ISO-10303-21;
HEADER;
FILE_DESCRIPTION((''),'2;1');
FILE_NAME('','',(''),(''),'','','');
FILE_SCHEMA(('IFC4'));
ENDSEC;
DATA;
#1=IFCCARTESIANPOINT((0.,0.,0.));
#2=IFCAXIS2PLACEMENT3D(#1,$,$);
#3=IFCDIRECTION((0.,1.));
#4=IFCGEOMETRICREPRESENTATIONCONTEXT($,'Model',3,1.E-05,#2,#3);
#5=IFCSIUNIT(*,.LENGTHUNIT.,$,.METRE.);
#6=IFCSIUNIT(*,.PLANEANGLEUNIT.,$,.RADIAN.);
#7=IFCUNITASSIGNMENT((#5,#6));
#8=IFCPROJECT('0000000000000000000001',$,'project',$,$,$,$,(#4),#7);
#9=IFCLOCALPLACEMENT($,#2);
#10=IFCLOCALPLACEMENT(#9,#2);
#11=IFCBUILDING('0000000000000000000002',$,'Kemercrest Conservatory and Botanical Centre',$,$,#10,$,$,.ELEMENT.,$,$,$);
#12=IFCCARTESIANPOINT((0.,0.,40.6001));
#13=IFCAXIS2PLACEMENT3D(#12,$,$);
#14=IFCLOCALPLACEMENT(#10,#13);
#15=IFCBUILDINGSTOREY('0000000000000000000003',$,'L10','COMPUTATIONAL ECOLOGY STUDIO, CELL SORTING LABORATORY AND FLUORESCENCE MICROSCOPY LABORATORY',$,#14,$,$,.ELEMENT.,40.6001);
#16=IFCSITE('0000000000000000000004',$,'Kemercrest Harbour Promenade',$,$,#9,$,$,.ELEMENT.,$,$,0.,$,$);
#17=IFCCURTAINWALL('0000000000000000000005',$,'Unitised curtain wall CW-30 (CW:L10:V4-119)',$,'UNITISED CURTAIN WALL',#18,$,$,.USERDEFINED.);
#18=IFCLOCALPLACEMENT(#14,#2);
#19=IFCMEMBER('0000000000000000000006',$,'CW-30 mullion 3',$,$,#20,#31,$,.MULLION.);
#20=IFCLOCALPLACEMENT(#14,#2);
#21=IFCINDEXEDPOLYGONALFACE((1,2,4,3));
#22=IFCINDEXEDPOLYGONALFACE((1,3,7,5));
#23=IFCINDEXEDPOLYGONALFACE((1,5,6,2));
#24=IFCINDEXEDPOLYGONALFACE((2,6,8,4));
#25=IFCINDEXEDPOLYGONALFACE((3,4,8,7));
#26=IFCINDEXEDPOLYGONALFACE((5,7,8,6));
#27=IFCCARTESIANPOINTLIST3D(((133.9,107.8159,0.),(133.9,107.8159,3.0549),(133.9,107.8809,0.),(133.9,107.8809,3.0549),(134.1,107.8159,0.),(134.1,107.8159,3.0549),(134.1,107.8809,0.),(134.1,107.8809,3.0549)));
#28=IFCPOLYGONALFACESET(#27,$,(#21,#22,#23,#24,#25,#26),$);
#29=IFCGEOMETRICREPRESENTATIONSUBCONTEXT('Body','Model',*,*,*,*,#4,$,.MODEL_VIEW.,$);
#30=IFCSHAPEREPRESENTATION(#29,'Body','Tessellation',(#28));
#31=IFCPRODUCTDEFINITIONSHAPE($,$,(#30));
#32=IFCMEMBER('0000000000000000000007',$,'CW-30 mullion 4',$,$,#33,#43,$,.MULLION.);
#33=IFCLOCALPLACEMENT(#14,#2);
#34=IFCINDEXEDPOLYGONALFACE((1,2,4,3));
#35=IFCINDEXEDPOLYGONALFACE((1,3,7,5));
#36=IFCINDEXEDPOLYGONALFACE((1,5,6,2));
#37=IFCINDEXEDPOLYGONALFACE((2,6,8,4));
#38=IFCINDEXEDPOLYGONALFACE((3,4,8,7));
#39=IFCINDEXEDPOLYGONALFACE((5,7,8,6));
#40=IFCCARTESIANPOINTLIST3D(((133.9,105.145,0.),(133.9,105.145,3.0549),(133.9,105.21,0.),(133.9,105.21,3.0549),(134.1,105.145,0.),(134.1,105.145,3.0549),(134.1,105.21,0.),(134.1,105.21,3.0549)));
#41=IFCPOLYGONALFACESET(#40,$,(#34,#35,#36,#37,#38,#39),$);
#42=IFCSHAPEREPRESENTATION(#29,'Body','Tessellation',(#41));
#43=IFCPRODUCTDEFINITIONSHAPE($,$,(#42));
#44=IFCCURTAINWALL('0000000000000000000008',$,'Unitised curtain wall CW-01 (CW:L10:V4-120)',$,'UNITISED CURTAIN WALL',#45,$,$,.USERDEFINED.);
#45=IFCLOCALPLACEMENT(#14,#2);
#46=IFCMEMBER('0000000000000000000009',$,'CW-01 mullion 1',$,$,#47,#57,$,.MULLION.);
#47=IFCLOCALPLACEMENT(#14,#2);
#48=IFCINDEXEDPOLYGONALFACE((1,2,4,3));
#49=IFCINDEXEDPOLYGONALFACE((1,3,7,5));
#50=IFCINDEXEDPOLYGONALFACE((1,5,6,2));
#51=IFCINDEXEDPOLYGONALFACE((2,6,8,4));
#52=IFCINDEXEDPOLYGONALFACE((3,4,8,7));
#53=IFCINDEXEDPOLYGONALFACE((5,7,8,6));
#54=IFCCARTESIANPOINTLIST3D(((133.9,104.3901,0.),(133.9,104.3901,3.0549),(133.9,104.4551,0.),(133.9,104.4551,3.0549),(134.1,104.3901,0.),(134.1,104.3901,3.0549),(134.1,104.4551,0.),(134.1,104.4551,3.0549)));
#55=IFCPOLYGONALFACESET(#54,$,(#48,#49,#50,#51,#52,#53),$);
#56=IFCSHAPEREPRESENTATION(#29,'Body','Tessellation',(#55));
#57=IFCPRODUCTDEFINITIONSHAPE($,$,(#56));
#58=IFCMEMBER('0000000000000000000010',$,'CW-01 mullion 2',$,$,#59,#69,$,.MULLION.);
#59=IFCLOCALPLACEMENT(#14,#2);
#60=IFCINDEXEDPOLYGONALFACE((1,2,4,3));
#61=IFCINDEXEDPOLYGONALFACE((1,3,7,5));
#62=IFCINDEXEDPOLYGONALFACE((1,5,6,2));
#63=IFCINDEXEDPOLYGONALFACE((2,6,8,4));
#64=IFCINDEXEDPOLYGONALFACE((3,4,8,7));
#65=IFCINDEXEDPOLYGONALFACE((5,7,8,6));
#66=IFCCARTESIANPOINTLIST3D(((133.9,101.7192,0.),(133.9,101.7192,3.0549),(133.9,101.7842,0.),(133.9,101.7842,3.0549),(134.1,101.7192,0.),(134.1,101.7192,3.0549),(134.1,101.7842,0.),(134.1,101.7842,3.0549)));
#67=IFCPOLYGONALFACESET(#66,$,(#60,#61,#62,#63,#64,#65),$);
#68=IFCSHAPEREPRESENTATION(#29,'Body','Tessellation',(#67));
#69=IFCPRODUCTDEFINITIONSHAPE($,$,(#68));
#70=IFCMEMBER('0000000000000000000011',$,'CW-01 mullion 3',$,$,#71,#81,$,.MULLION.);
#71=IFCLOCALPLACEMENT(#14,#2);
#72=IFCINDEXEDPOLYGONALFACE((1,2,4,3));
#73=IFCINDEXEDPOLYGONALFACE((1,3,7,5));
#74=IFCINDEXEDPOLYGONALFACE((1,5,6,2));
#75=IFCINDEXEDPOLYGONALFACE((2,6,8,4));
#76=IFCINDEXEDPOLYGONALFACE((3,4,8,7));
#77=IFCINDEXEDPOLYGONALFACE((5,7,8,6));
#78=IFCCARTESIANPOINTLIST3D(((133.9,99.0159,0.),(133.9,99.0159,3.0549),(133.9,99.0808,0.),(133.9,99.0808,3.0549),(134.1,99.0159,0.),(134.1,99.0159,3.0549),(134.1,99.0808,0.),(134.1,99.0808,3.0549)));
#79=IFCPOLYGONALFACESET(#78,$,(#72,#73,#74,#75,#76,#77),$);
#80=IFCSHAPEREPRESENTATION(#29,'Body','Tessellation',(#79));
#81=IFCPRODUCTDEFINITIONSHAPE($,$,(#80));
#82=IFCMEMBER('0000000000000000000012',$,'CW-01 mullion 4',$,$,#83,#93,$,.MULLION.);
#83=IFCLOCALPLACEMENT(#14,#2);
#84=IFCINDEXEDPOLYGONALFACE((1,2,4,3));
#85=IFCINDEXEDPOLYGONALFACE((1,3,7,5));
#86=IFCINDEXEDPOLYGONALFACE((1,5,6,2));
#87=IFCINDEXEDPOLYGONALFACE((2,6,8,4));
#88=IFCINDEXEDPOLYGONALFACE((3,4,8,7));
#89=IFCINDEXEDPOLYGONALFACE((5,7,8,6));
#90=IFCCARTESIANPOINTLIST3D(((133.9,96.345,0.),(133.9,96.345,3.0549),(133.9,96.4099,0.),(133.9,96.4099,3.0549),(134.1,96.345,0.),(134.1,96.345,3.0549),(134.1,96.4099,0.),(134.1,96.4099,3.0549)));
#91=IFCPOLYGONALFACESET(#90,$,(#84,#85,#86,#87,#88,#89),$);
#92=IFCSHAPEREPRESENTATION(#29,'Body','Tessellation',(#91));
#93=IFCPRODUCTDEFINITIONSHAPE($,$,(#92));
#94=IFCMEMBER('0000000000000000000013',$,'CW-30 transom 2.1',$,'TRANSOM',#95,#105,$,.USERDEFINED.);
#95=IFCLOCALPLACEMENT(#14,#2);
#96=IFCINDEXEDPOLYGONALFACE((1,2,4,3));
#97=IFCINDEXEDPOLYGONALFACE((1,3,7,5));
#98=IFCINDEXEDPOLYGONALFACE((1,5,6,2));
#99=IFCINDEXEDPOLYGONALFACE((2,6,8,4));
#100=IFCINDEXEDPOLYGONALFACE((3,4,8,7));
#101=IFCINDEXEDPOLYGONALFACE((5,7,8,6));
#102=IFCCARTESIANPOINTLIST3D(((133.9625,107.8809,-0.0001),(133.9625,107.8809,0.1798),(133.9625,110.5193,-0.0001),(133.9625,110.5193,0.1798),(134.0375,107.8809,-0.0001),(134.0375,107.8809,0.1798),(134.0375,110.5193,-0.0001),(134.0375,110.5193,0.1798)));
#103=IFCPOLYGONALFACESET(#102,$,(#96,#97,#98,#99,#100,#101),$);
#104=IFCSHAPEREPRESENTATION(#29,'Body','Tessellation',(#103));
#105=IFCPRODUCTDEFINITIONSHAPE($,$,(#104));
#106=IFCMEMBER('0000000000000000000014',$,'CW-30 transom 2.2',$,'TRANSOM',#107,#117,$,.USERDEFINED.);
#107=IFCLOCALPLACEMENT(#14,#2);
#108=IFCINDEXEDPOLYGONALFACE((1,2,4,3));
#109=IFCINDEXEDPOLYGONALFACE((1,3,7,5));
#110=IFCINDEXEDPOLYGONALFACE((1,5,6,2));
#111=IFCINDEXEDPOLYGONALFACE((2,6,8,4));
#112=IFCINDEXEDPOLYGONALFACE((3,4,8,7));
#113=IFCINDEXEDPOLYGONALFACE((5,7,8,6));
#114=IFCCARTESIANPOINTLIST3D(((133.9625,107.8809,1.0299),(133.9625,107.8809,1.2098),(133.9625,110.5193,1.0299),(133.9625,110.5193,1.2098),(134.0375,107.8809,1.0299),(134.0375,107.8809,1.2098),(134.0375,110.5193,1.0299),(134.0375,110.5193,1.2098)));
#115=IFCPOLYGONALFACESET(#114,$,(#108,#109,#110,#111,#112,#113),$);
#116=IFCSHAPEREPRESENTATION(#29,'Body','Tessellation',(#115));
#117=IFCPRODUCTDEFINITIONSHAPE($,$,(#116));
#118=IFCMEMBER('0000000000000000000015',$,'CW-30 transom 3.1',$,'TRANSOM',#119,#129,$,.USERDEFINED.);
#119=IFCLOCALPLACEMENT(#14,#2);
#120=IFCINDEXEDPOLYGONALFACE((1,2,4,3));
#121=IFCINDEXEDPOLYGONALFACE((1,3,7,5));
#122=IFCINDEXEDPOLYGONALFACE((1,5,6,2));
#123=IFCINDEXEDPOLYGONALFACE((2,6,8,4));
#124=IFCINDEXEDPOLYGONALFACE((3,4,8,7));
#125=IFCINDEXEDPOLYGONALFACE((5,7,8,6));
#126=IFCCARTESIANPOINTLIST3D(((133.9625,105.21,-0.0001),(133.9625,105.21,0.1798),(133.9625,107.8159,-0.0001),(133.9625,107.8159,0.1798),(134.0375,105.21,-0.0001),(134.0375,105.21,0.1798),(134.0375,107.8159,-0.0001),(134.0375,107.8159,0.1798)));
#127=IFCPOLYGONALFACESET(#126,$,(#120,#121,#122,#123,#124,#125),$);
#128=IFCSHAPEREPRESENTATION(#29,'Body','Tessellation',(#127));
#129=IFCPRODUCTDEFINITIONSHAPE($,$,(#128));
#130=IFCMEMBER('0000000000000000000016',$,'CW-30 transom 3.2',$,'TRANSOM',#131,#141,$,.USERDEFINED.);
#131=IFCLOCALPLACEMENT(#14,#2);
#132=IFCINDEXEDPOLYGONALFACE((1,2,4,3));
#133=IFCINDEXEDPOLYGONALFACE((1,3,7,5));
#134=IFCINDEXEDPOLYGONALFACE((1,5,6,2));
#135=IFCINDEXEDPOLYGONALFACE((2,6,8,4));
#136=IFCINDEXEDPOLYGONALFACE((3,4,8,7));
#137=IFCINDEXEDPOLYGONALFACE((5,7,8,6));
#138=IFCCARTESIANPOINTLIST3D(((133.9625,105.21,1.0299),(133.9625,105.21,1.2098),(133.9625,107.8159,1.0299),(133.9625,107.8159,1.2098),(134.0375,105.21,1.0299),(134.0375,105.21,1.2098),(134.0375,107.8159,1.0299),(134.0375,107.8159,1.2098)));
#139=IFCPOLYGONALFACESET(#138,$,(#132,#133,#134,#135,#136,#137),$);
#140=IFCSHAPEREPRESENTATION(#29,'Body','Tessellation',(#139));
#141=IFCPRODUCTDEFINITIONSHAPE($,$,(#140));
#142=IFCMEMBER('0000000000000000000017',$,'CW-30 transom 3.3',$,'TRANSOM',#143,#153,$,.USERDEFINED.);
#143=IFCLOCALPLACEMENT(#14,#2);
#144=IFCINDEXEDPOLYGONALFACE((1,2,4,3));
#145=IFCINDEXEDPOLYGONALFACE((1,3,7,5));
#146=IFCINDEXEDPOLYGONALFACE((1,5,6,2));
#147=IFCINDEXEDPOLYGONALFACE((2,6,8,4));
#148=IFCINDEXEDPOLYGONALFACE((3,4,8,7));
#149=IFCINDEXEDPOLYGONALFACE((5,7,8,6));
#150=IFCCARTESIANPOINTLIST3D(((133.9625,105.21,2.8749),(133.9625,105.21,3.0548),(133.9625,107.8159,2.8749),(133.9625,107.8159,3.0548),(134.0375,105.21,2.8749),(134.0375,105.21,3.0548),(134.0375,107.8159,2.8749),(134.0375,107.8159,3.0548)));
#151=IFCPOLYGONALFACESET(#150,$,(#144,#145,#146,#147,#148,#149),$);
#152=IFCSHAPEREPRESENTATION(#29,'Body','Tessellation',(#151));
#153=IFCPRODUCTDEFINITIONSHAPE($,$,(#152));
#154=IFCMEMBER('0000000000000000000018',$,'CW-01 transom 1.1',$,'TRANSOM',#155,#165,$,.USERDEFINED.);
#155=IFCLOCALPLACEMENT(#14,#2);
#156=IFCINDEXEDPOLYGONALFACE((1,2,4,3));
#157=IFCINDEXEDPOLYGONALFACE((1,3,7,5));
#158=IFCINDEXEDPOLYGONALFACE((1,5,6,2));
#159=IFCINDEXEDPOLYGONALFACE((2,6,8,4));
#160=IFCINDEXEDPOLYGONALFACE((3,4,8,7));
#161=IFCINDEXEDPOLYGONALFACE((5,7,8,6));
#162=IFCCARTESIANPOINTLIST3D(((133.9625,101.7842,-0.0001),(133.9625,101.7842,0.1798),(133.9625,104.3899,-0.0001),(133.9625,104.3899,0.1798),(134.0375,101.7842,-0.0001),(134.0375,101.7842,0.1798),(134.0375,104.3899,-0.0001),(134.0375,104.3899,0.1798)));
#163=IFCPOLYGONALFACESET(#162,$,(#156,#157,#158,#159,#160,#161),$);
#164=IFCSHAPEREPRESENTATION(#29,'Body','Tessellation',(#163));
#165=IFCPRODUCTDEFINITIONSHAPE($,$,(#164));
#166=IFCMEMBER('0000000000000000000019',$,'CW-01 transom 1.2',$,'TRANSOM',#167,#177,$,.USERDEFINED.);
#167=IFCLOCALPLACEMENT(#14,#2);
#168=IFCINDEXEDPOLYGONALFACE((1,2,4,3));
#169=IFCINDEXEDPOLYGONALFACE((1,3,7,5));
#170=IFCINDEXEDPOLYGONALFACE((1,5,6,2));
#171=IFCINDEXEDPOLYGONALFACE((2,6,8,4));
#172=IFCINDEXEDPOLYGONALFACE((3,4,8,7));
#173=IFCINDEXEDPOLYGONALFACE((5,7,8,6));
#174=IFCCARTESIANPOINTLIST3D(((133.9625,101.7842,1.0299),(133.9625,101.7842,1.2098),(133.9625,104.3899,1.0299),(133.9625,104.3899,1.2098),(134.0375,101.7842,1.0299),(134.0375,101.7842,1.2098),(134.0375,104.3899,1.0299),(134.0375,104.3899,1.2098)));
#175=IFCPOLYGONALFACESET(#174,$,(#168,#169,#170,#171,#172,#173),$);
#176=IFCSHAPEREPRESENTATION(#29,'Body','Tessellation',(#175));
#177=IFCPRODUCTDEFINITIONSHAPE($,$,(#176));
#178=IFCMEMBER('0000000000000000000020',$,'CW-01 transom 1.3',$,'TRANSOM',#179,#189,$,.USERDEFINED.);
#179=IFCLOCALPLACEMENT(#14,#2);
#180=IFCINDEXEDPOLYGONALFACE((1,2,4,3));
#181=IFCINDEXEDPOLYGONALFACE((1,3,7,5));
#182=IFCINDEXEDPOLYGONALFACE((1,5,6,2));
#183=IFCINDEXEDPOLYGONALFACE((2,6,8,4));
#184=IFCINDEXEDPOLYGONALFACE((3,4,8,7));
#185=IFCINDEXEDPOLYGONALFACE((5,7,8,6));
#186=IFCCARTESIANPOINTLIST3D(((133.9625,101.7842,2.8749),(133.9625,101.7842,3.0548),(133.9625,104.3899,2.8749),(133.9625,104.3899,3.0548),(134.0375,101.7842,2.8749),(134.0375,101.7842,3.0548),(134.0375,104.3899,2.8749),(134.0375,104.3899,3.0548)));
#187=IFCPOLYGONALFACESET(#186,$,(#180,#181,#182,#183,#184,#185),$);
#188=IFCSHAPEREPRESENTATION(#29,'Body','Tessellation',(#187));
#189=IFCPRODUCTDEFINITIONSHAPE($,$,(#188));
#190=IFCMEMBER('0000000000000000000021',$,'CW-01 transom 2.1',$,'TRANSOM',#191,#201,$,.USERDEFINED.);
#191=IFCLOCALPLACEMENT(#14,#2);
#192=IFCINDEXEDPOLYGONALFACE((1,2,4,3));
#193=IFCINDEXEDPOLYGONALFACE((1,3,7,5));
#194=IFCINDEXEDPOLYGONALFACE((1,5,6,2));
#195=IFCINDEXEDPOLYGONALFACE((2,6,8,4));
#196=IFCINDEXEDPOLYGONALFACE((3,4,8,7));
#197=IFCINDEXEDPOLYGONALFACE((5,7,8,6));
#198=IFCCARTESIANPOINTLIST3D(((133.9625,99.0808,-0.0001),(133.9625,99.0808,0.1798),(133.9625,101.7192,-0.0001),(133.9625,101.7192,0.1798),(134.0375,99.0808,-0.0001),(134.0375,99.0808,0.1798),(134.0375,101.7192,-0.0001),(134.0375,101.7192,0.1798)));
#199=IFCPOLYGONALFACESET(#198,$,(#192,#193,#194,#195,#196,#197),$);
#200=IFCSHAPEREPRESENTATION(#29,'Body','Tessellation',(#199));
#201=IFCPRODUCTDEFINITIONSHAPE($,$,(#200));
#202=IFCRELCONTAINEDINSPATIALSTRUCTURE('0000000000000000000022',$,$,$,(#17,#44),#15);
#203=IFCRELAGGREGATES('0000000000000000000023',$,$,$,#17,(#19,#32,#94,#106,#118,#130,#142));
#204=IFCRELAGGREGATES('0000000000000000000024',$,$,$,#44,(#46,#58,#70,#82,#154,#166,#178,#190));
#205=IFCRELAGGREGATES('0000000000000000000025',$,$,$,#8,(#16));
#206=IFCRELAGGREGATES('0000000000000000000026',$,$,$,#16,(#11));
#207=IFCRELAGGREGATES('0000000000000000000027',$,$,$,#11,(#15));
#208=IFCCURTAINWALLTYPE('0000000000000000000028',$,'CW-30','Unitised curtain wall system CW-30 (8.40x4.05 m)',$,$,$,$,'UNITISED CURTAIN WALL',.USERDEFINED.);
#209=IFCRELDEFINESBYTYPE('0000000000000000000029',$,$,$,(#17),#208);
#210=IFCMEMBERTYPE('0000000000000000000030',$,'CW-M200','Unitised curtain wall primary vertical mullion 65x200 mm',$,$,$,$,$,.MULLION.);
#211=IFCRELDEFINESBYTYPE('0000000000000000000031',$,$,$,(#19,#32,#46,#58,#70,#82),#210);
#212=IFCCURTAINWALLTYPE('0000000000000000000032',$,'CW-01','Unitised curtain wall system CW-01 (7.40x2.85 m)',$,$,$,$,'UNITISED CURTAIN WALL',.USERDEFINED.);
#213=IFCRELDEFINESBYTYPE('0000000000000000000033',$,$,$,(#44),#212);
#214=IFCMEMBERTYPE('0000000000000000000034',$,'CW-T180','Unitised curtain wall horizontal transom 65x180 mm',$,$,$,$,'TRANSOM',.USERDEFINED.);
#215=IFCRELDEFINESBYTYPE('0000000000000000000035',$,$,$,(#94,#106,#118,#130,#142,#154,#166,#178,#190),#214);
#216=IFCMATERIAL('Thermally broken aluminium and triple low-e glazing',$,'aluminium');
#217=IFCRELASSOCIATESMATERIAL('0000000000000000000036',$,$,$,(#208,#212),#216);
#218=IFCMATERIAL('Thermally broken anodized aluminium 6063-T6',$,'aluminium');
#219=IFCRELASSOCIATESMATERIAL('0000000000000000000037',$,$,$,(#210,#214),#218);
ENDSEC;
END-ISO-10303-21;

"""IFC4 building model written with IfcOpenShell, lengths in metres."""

from ifc_helpers import new_model, si_unit, direction, frame, origin, origin_2d, place, context, subcontext, project, spatial, rectangle, extrude, material, material_profile, profile_set, type_object, element, aggregate, save


model = new_model("IFC4")

# Units and contexts
model_context = context("Model", 3, precision=1e-05, world=origin(), true_north=direction((0.0, 1.0)))
body_context = subcontext(model_context, "Body", "Model", "MODEL_VIEW")
ifc_project = project(units=[si_unit("LENGTHUNIT", "METRE"), si_unit("PLANEANGLEUNIT", "RADIAN")], contexts=[model_context])

# Site, building, storey
site_placement = place(None, origin())
site = spatial("IfcSite", under=ifc_project, at=site_placement, Name="Kemercrest Harbour Promenade", CompositionType="ELEMENT", RefElevation=0.0)
building_placement = place(site_placement, origin())
building = spatial("IfcBuilding", under=site, at=building_placement, Name="Kemercrest Conservatory and Botanical Centre", CompositionType="ELEMENT")
storey_placement = place(building_placement, frame((0.0, 0.0, 40.6001)))
storey = spatial("IfcBuildingStorey", under=building, at=storey_placement, Name="L10", Description="COMPUTATIONAL ECOLOGY STUDIO, CELL SORTING LABORATORY AND FLUORESCENCE MICROSCOPY LABORATORY", CompositionType="ELEMENT", Elevation=40.6001)

# Curtain walls, members
ifc_material_1 = material(Name="Thermally broken aluminium and triple low-e glazing", Category="aluminium")
curtain_wall_type_1 = type_object("IfcCurtainWallType", Name="CW-30", Description="Unitised curtain wall system CW-30 (8.40x4.05 m)", ElementType="UNITISED CURTAIN WALL", PredefinedType="USERDEFINED", material=ifc_material_1)
curtain_wall_1_placement = place(storey_placement, origin())
curtain_wall_1 = element("IfcCurtainWall", 1, at=curtain_wall_1_placement, inside=storey, type_object=curtain_wall_type_1, Name="Unitised curtain wall CW-30 (CW:L10:V4-119)", ObjectType="UNITISED CURTAIN WALL", PredefinedType="USERDEFINED")
ifc_material_2 = material(Name="Thermally broken anodized aluminium 6063-T6", Category="aluminium")
ifc_material_profile_1 = material_profile(ifc_material_2, rectangle(XDim=0.2, YDim=0.0649, at=origin_2d()), Name="AL MULLION 65x200")
ifc_profile_set_1 = profile_set([ifc_material_profile_1], Name="Thermally broken anodized aluminium 6063-T6")
member_type_1 = type_object("IfcMemberType", Name="CW-M200", Description="Unitised curtain wall primary vertical mullion 65x200 mm", PredefinedType="MULLION", material=ifc_profile_set_1)
member_1_placement = place(storey_placement, frame((134.0, 107.8484, 0.0), z_axis=(0.0, 0.0, 1.0), x_axis=(1.0, 0.0, 0.0)))
member_1 = element("IfcMember", 2, at=member_1_placement, type_object=member_type_1, Name="CW-30 mullion 3", PredefinedType="MULLION", context=body_context, shape_type="SweptSolid", body=[
    extrude(rectangle(XDim=0.2, YDim=0.0649, at=origin_2d()), origin(), (0.0, 0.0, 1.0), 3.0549),
])
member_2_placement = place(storey_placement, frame((134.0, 105.1775, 0.0), z_axis=(0.0, 0.0, 1.0), x_axis=(1.0, 0.0, 0.0)))
member_2 = element("IfcMember", 3, at=member_2_placement, type_object=member_type_1, Name="CW-30 mullion 4", PredefinedType="MULLION", context=body_context, shape_type="SweptSolid", body=[
    extrude(rectangle(XDim=0.2, YDim=0.0649, at=origin_2d()), origin(), (0.0, 0.0, 1.0), 3.0549),
])
curtain_wall_type_2 = type_object("IfcCurtainWallType", Name="CW-01", Description="Unitised curtain wall system CW-01 (7.40x2.85 m)", ElementType="UNITISED CURTAIN WALL", PredefinedType="USERDEFINED", material=ifc_material_1)
curtain_wall_2_placement = place(storey_placement, origin())
curtain_wall_2 = element("IfcCurtainWall", 4, at=curtain_wall_2_placement, inside=storey, type_object=curtain_wall_type_2, Name="Unitised curtain wall CW-01 (CW:L10:V4-120)", ObjectType="UNITISED CURTAIN WALL", PredefinedType="USERDEFINED")
member_3_placement = place(storey_placement, frame((134.0, 104.4226, 0.0), z_axis=(0.0, 0.0, 1.0), x_axis=(1.0, 0.0, 0.0)))
member_3 = element("IfcMember", 5, at=member_3_placement, type_object=member_type_1, Name="CW-01 mullion 1", PredefinedType="MULLION", context=body_context, shape_type="SweptSolid", body=[
    extrude(rectangle(XDim=0.2, YDim=0.0649, at=origin_2d()), origin(), (0.0, 0.0, 1.0), 3.0549),
])
member_4_placement = place(storey_placement, frame((134.0, 101.7517, 0.0), z_axis=(0.0, 0.0, 1.0), x_axis=(1.0, 0.0, 0.0)))
member_4 = element("IfcMember", 6, at=member_4_placement, type_object=member_type_1, Name="CW-01 mullion 2", PredefinedType="MULLION", context=body_context, shape_type="SweptSolid", body=[
    extrude(rectangle(XDim=0.2, YDim=0.0649, at=origin_2d()), origin(), (0.0, 0.0, 1.0), 3.0549),
])
member_5_placement = place(storey_placement, frame((134.0, 99.0483, 0.0), z_axis=(0.0, 0.0, 1.0), x_axis=(1.0, 0.0, 0.0)))
member_5 = element("IfcMember", 7, at=member_5_placement, type_object=member_type_1, Name="CW-01 mullion 3", PredefinedType="MULLION", context=body_context, shape_type="SweptSolid", body=[
    extrude(rectangle(XDim=0.2, YDim=0.0649, at=origin_2d()), origin(), (0.0, 0.0, 1.0), 3.0549),
])
member_6_placement = place(storey_placement, frame((134.0, 96.3774, 0.0), z_axis=(0.0, 0.0, 1.0), x_axis=(1.0, 0.0, 0.0)))
member_6 = element("IfcMember", 8, at=member_6_placement, type_object=member_type_1, Name="CW-01 mullion 4", PredefinedType="MULLION", context=body_context, shape_type="SweptSolid", body=[
    extrude(rectangle(XDim=0.2, YDim=0.0649, at=origin_2d()), origin(), (0.0, 0.0, 1.0), 3.0549),
])

# Members
ifc_material_profile_2 = material_profile(ifc_material_2, rectangle(XDim=0.075, YDim=0.1799, at=origin_2d()), Name="AL TRANSOM 75x180")
ifc_profile_set_2 = profile_set([ifc_material_profile_2], Name="Thermally broken anodized aluminium 6063-T6")
member_type_2 = type_object("IfcMemberType", Name="CW-T180", Description="Unitised curtain wall horizontal transom 65x180 mm", ElementType="TRANSOM", PredefinedType="USERDEFINED", material=ifc_profile_set_2)
member_7_placement = place(storey_placement, frame((134.0, 110.5193, 0.0898), z_axis=(0.0, -1.0, 0.0), x_axis=(1.0, 0.0, 0.0)))
member_7 = element("IfcMember", 9, at=member_7_placement, type_object=member_type_2, Name="CW-30 transom 2.1", ObjectType="TRANSOM", PredefinedType="USERDEFINED", context=body_context, shape_type="SweptSolid", body=[
    extrude(rectangle(XDim=0.075, YDim=0.1799, at=origin_2d()), origin(), (0.0, 0.0, 1.0), 2.6384),
])
member_8_placement = place(storey_placement, frame((134.0, 110.5193, 1.1199), z_axis=(0.0, -1.0, 0.0), x_axis=(1.0, 0.0, 0.0)))
member_8 = element("IfcMember", 10, at=member_8_placement, type_object=member_type_2, Name="CW-30 transom 2.2", ObjectType="TRANSOM", PredefinedType="USERDEFINED", context=body_context, shape_type="SweptSolid", body=[
    extrude(rectangle(XDim=0.075, YDim=0.1799, at=origin_2d()), origin(), (0.0, 0.0, 1.0), 2.6384),
])
member_9_placement = place(storey_placement, frame((134.0, 107.8159, 0.0898), z_axis=(0.0, -1.0, 0.0), x_axis=(1.0, 0.0, 0.0)))
member_9 = element("IfcMember", 11, at=member_9_placement, type_object=member_type_2, Name="CW-30 transom 3.1", ObjectType="TRANSOM", PredefinedType="USERDEFINED", context=body_context, shape_type="SweptSolid", body=[
    extrude(rectangle(XDim=0.075, YDim=0.1799, at=origin_2d()), origin(), (0.0, 0.0, 1.0), 2.606),
])
member_10_placement = place(storey_placement, frame((134.0, 107.8159, 1.1199), z_axis=(0.0, -1.0, 0.0), x_axis=(1.0, 0.0, 0.0)))
member_10 = element("IfcMember", 12, at=member_10_placement, type_object=member_type_2, Name="CW-30 transom 3.2", ObjectType="TRANSOM", PredefinedType="USERDEFINED", context=body_context, shape_type="SweptSolid", body=[
    extrude(rectangle(XDim=0.075, YDim=0.1799, at=origin_2d()), origin(), (0.0, 0.0, 1.0), 2.606),
])
member_11_placement = place(storey_placement, frame((134.0, 107.8159, 2.9648), z_axis=(0.0, -1.0, 0.0), x_axis=(1.0, 0.0, 0.0)))
member_11 = element("IfcMember", 13, at=member_11_placement, type_object=member_type_2, Name="CW-30 transom 3.3", ObjectType="TRANSOM", PredefinedType="USERDEFINED", context=body_context, shape_type="SweptSolid", body=[
    extrude(rectangle(XDim=0.075, YDim=0.1799, at=origin_2d()), origin(), (0.0, 0.0, 1.0), 2.606),
])
member_12_placement = place(storey_placement, frame((134.0, 104.3899, 0.0898), z_axis=(0.0, -1.0, 0.0), x_axis=(1.0, 0.0, 0.0)))
member_12 = element("IfcMember", 14, at=member_12_placement, type_object=member_type_2, Name="CW-01 transom 1.1", ObjectType="TRANSOM", PredefinedType="USERDEFINED", context=body_context, shape_type="SweptSolid", body=[
    extrude(rectangle(XDim=0.075, YDim=0.1799, at=origin_2d()), origin(), (0.0, 0.0, 1.0), 2.6057),
])
member_13_placement = place(storey_placement, frame((134.0, 104.3899, 1.1199), z_axis=(0.0, -1.0, 0.0), x_axis=(1.0, 0.0, 0.0)))
member_13 = element("IfcMember", 15, at=member_13_placement, type_object=member_type_2, Name="CW-01 transom 1.2", ObjectType="TRANSOM", PredefinedType="USERDEFINED", context=body_context, shape_type="SweptSolid", body=[
    extrude(rectangle(XDim=0.075, YDim=0.1799, at=origin_2d()), origin(), (0.0, 0.0, 1.0), 2.6057),
])
member_14_placement = place(storey_placement, frame((134.0, 104.3899, 2.9648), z_axis=(0.0, -1.0, 0.0), x_axis=(1.0, 0.0, 0.0)))
member_14 = element("IfcMember", 16, at=member_14_placement, type_object=member_type_2, Name="CW-01 transom 1.3", ObjectType="TRANSOM", PredefinedType="USERDEFINED", context=body_context, shape_type="SweptSolid", body=[
    extrude(rectangle(XDim=0.075, YDim=0.1799, at=origin_2d()), origin(), (0.0, 0.0, 1.0), 2.6057),
])
member_15_placement = place(storey_placement, frame((134.0, 101.7192, 0.0898), z_axis=(0.0, -1.0, 0.0), x_axis=(1.0, 0.0, 0.0)))
member_15 = element("IfcMember", 17, at=member_15_placement, type_object=member_type_2, Name="CW-01 transom 2.1", ObjectType="TRANSOM", PredefinedType="USERDEFINED", context=body_context, shape_type="SweptSolid", body=[
    extrude(rectangle(XDim=0.075, YDim=0.1799, at=origin_2d()), origin(), (0.0, 0.0, 1.0), 2.6384),
])

aggregate(curtain_wall_1, [member_1, member_2, member_7, member_8, member_9, member_10, member_11])
aggregate(curtain_wall_2, [member_3, member_4, member_5, member_6, member_12, member_13, member_14, member_15])

save(model, "model.ifc")
